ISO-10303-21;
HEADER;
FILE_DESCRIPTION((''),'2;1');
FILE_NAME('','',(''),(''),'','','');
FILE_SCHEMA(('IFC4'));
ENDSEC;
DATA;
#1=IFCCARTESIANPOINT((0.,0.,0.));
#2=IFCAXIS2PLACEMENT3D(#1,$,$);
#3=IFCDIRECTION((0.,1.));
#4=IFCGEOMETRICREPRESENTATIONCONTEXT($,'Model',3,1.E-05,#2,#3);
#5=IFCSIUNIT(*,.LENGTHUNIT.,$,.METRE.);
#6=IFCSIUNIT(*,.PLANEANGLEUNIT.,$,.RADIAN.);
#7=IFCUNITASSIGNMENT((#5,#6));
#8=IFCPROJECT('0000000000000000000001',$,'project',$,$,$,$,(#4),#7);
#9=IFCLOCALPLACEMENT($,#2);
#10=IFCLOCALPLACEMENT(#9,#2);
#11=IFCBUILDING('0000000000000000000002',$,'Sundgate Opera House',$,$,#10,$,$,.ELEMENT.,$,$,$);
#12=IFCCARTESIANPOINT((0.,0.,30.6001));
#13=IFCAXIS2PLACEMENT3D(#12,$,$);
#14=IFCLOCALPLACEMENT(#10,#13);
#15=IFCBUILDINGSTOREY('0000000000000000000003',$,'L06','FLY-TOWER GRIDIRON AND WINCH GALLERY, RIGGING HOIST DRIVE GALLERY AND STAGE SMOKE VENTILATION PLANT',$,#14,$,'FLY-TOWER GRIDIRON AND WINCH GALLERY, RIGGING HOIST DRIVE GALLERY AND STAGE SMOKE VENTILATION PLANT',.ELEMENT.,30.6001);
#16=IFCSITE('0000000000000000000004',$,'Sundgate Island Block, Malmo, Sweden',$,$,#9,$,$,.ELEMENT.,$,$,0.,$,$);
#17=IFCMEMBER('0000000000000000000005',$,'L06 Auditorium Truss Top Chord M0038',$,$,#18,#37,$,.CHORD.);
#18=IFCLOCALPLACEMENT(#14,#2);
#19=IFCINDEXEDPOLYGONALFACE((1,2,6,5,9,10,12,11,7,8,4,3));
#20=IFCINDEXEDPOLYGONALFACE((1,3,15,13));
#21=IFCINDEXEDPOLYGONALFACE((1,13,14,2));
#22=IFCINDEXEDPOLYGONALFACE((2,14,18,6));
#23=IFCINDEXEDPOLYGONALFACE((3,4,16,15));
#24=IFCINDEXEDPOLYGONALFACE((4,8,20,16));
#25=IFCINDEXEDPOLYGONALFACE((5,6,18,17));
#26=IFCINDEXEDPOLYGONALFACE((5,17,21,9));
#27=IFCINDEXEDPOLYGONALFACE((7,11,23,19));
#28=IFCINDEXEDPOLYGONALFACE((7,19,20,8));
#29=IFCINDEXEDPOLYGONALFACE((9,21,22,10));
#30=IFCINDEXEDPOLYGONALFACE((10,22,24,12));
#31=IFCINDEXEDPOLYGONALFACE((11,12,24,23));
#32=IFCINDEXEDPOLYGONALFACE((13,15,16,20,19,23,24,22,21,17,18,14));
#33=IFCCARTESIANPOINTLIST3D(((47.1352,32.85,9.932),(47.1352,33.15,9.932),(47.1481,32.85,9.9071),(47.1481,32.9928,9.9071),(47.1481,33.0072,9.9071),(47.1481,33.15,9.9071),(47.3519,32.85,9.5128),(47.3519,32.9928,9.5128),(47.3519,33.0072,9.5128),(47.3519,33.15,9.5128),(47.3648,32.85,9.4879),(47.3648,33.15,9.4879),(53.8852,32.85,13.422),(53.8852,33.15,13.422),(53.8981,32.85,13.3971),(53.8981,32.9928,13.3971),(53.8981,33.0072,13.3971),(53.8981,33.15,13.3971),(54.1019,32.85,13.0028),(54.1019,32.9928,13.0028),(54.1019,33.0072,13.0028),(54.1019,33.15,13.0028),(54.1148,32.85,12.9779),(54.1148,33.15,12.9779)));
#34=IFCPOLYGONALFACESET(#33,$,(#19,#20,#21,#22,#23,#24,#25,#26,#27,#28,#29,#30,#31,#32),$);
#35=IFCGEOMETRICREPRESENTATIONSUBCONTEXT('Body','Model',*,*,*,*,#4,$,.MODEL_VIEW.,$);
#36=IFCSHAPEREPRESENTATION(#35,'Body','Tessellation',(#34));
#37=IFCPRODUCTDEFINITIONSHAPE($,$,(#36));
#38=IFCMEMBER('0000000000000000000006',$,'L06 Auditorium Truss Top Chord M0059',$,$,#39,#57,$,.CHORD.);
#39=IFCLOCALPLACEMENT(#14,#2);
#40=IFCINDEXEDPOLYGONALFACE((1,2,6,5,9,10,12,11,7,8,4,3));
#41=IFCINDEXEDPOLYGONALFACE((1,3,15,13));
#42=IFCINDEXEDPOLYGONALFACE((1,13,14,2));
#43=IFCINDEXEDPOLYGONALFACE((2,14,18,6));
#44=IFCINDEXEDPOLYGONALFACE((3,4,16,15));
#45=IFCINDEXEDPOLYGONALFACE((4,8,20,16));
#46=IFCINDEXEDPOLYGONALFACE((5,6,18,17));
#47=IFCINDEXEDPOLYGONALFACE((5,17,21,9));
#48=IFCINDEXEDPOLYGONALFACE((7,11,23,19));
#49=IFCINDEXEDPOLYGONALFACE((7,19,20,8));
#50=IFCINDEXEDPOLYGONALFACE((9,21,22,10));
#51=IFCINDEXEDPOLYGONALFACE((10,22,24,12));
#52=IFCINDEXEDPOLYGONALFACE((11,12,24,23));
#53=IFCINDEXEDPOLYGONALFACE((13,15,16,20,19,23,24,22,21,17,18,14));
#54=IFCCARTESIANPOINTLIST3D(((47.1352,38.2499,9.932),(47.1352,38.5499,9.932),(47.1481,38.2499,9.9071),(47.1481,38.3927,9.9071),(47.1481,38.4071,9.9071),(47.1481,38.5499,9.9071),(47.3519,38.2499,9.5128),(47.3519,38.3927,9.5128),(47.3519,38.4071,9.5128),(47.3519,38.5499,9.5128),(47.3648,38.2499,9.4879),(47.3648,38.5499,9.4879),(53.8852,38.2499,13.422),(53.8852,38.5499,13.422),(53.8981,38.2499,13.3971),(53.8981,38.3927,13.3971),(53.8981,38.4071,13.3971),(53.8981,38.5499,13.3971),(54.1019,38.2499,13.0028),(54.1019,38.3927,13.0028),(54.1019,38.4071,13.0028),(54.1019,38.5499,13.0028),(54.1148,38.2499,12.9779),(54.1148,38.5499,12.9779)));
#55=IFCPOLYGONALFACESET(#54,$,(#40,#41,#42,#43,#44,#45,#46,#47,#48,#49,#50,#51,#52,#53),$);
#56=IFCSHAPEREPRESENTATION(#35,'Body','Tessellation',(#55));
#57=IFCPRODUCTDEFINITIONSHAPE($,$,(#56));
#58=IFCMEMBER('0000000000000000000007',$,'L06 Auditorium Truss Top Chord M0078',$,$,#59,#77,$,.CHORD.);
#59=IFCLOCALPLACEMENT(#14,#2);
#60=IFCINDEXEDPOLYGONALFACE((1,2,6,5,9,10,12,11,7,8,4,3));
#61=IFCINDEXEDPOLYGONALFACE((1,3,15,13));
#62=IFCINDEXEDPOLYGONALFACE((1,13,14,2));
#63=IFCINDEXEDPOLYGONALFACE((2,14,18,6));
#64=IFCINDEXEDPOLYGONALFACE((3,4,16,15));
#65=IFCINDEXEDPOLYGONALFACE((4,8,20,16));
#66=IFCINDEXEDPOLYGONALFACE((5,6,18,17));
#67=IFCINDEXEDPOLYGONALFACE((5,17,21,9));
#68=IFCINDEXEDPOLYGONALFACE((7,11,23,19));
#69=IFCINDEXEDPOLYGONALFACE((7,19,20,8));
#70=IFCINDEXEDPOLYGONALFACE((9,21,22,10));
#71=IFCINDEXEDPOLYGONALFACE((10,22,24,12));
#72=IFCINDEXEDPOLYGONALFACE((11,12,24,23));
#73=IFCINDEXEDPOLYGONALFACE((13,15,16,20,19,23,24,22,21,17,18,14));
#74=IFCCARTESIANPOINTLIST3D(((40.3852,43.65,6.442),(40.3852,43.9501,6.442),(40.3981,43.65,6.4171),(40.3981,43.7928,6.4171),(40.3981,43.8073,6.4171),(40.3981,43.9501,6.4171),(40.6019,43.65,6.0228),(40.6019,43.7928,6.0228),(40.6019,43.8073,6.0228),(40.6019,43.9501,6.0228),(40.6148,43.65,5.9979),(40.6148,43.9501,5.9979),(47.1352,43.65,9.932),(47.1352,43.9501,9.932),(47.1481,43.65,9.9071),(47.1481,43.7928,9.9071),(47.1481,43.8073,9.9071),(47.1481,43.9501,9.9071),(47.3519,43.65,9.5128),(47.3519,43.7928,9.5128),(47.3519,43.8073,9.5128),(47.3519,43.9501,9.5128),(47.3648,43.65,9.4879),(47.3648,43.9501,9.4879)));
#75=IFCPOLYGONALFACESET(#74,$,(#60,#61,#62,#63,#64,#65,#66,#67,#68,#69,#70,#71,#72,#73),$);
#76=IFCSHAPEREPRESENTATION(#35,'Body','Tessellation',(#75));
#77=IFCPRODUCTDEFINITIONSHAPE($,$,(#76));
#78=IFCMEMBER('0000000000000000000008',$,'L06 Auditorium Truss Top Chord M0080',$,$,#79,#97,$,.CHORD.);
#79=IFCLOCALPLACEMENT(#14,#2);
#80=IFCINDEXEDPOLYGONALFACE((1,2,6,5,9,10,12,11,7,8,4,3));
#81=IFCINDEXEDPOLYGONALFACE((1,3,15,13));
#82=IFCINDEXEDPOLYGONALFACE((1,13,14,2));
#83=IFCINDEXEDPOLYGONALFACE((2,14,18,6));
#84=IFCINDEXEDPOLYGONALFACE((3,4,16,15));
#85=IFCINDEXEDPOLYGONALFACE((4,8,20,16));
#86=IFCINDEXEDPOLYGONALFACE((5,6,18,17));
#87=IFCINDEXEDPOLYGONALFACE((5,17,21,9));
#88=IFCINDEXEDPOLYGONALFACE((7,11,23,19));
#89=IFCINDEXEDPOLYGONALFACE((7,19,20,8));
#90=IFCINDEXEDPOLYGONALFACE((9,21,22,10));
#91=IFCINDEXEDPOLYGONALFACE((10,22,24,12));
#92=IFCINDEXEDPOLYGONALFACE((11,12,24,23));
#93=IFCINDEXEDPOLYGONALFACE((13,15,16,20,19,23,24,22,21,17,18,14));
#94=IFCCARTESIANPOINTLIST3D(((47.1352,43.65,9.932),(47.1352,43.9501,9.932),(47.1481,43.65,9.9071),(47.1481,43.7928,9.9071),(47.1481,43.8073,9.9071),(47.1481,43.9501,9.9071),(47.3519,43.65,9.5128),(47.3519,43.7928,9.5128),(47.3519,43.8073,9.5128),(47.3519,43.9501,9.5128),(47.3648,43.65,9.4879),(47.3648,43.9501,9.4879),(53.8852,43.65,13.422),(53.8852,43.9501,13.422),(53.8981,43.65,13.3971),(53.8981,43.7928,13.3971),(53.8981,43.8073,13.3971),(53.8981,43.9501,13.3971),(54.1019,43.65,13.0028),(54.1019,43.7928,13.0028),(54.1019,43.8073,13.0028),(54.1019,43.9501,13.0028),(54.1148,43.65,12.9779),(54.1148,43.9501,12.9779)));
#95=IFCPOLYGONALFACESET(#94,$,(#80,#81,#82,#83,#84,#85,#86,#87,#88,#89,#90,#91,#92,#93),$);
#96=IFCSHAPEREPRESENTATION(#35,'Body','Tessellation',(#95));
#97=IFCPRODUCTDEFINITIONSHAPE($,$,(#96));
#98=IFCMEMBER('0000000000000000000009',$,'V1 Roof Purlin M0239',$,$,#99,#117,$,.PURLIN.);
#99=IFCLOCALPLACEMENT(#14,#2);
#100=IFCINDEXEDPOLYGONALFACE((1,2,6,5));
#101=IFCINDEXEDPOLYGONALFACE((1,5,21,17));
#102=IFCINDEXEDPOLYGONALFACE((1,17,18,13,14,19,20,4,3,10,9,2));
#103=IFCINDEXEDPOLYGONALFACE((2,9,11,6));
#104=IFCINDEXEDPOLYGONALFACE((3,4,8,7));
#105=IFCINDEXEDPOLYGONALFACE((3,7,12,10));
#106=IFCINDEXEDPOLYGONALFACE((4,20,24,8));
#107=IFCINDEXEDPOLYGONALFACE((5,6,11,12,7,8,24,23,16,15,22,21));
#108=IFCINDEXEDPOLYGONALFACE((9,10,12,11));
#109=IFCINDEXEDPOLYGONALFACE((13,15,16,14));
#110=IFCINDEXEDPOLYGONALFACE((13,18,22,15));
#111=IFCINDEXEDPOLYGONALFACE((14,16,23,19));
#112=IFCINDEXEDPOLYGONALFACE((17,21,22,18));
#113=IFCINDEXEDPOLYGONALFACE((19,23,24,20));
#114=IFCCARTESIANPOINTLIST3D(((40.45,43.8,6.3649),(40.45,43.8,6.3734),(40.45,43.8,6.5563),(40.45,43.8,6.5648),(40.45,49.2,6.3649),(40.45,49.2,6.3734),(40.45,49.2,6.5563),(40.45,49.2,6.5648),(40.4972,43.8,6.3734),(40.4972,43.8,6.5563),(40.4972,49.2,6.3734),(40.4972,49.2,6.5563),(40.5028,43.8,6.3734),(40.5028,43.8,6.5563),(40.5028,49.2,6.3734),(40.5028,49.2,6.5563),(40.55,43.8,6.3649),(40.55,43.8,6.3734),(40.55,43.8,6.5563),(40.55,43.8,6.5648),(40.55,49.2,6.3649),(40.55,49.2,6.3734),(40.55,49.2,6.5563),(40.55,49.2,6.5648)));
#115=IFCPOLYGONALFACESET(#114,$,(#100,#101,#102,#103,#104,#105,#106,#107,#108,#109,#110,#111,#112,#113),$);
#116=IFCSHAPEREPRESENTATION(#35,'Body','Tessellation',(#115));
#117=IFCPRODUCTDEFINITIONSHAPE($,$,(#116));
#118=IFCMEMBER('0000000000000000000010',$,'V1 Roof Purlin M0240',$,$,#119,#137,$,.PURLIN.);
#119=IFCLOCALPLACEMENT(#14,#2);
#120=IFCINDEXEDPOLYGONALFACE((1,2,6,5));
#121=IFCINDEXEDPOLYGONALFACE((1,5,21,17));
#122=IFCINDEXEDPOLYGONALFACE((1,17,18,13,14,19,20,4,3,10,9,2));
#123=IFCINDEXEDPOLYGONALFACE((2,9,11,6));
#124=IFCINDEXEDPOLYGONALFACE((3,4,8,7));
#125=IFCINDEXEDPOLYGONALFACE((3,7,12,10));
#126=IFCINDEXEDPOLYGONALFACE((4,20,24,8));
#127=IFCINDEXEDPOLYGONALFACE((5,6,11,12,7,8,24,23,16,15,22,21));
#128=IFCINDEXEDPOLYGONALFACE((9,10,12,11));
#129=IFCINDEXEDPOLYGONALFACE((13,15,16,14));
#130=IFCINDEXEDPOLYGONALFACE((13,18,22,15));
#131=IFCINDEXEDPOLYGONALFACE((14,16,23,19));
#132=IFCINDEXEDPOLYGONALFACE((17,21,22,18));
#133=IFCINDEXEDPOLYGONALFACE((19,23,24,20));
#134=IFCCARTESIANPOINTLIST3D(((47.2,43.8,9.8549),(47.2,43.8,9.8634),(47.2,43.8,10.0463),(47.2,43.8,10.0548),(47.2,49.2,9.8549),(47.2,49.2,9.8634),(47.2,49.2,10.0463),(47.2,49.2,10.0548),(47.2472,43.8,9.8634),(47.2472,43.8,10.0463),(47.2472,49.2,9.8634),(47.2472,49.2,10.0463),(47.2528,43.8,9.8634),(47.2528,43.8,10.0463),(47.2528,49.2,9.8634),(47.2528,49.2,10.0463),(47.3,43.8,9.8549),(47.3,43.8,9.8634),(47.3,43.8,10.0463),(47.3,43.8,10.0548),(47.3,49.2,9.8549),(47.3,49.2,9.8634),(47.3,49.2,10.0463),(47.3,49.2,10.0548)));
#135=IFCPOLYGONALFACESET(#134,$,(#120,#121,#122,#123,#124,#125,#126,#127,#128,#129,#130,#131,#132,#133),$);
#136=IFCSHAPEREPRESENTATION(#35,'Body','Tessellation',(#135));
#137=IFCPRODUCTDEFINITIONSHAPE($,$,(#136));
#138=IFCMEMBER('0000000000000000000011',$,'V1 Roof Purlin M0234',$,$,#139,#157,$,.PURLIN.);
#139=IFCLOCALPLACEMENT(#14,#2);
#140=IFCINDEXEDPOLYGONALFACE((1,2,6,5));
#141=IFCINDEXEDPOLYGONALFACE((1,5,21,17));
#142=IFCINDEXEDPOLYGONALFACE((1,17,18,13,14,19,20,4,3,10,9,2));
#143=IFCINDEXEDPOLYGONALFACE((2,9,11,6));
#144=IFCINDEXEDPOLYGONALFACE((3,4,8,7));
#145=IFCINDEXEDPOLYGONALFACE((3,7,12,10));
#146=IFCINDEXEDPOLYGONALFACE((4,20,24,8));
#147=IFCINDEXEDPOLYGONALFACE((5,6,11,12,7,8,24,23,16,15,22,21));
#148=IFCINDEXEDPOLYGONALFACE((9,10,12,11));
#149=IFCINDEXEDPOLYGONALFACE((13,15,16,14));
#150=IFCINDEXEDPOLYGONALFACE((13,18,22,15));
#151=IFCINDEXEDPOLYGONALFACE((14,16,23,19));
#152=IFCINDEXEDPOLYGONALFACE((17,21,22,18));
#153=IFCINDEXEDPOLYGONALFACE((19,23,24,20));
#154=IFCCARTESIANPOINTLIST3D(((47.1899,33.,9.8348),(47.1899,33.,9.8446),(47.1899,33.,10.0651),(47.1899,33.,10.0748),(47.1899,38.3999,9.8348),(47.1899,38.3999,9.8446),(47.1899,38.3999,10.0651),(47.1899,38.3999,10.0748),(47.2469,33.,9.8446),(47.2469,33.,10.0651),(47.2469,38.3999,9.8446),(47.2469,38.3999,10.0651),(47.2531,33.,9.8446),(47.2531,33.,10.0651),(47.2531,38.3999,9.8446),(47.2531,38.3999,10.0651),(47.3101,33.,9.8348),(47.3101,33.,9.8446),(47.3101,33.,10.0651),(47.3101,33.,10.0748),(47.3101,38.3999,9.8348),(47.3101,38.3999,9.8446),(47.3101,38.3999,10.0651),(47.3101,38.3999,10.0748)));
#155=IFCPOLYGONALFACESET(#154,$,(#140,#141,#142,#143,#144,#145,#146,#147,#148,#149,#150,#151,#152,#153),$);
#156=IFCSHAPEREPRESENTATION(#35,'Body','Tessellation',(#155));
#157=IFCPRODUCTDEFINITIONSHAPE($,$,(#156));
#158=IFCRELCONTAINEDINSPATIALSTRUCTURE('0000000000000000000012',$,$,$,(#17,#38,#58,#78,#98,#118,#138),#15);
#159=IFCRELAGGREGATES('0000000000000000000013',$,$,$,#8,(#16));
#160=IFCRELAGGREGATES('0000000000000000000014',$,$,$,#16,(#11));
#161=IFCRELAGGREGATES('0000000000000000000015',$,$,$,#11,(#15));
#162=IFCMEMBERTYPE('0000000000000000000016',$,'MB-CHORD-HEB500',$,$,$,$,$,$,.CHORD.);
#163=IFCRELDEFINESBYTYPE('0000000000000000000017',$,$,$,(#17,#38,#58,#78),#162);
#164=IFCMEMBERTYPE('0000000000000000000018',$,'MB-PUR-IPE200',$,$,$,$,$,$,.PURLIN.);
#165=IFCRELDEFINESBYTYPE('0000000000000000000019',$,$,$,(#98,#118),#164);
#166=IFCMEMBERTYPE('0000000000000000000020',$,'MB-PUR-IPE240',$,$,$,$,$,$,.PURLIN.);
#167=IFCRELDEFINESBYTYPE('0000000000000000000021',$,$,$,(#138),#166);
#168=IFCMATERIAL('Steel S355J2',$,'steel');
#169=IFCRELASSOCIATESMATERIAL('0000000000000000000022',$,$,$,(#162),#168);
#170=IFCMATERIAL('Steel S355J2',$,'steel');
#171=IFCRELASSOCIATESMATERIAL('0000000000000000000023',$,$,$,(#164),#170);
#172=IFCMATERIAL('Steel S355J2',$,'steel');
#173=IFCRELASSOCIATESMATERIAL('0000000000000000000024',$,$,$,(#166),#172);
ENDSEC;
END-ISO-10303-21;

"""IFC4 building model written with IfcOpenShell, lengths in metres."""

from ifc_helpers import new_model, si_unit, direction, frame, origin, origin_2d, place, context, subcontext, project, spatial, i_section, extrude, material, material_profile, profile_set, type_object, element, save


model = new_model("IFC4")

# Units and contexts
model_context = context("Model", 3, precision=1e-05, world=origin(), true_north=direction((0.0, 1.0)))
body_context = subcontext(model_context, "Body", "Model", "MODEL_VIEW")
ifc_project = project(units=[si_unit("LENGTHUNIT", "METRE"), si_unit("PLANEANGLEUNIT", "RADIAN")], contexts=[model_context])

# Site, building, storey
site_placement = place(None, origin())
site = spatial("IfcSite", under=ifc_project, at=site_placement, Name="Sundgate Island Block, Malmo, Sweden", CompositionType="ELEMENT", RefElevation=0.0)
building_placement = place(site_placement, origin())
building = spatial("IfcBuilding", under=site, at=building_placement, Name="Sundgate Opera House", CompositionType="ELEMENT")
storey_placement = place(building_placement, frame((0.0, 0.0, 30.6001)))
storey = spatial("IfcBuildingStorey", under=building, at=storey_placement, Name="L06", Description="FLY-TOWER GRIDIRON AND WINCH GALLERY, RIGGING HOIST DRIVE GALLERY AND STAGE SMOKE VENTILATION PLANT", LongName="FLY-TOWER GRIDIRON AND WINCH GALLERY, RIGGING HOIST DRIVE GALLERY AND STAGE SMOKE VENTILATION PLANT", CompositionType="ELEMENT", Elevation=30.6001)

# Members
ifc_material_1 = material(Name="Steel S355J2", Category="steel")
ifc_material_profile_1 = material_profile(ifc_material_1, i_section(OverallWidth=0.3, OverallDepth=0.5, WebThickness=0.0144, FlangeThickness=0.0281, at=origin_2d()), Name="HEB 500")
ifc_profile_set_1 = profile_set([ifc_material_profile_1], Name="Steel S355J2")
member_type_1 = type_object("IfcMemberType", Name="MB-CHORD-HEB500", PredefinedType="CHORD", material=ifc_profile_set_1)
for number, where, z_axis, x_axis, name in (
    (1, (47.25, 33.0, 9.71), (0.888292, 0.0, 0.459279), (0.0, 1.0, 0.0), "L06 Auditorium Truss Top Chord M0038"),
    (2, (47.25, 38.3999, 9.71), (0.888292, 0.0, 0.459279), (0.0, 1.0, 0.0), "L06 Auditorium Truss Top Chord M0059"),
    (3, (40.5, 43.8, 6.22), (0.888292, 0.0, 0.459279), (0.0, 1.0, 0.0), "L06 Auditorium Truss Top Chord M0078"),
    (4, (47.25, 43.8, 9.71), (0.888292, 0.0, 0.459279), (0.0, 1.0, 0.0), "L06 Auditorium Truss Top Chord M0080"),
):
    element("IfcMember", number, at=place(storey_placement, frame(where, z_axis=z_axis, x_axis=x_axis)), inside=storey, type_object=member_type_1, Name=name, PredefinedType="CHORD", context=body_context, shape_type="SweptSolid", body=[
        extrude(i_section(OverallWidth=0.3, OverallDepth=0.5, WebThickness=0.0144, FlangeThickness=0.0281, at=origin_2d()), origin(), (0.0, 0.0, 1.0), 7.5989),
    ])
ifc_material_2 = material(Name="Steel S355J2", Category="steel")
ifc_material_profile_2 = material_profile(ifc_material_2, i_section(OverallWidth=0.1001, OverallDepth=0.2, WebThickness=0.0056, FlangeThickness=0.0085, at=origin_2d()), Name="IPE 200")
ifc_profile_set_2 = profile_set([ifc_material_profile_2], Name="Steel S355J2")
member_type_2 = type_object("IfcMemberType", Name="MB-PUR-IPE200", PredefinedType="PURLIN", material=ifc_profile_set_2)
for number, where, z_axis, x_axis, name in (
    (5, (40.5, 43.8, 6.4648), (0.0, 1.0, 0.0), (-1.0, 0.0, 0.0), "V1 Roof Purlin M0239"),
    (6, (47.25, 43.8, 9.9548), (0.0, 1.0, 0.0), (-1.0, 0.0, 0.0), "V1 Roof Purlin M0240"),
):
    element("IfcMember", number, at=place(storey_placement, frame(where, z_axis=z_axis, x_axis=x_axis)), inside=storey, type_object=member_type_2, Name=name, PredefinedType="PURLIN", context=body_context, shape_type="SweptSolid", body=[
        extrude(i_section(OverallWidth=0.1001, OverallDepth=0.2, WebThickness=0.0056, FlangeThickness=0.0085, at=origin_2d()), origin(), (0.0, 0.0, 1.0), 5.3999),
    ])
ifc_material_3 = material(Name="Steel S355J2", Category="steel")
ifc_material_profile_3 = material_profile(ifc_material_3, i_section(OverallWidth=0.1201, OverallDepth=0.24, WebThickness=0.0061, FlangeThickness=0.0098, at=origin_2d()), Name="IPE 240")
ifc_profile_set_3 = profile_set([ifc_material_profile_3], Name="Steel S355J2")
member_type_3 = type_object("IfcMemberType", Name="MB-PUR-IPE240", PredefinedType="PURLIN", material=ifc_profile_set_3)
member_1_placement = place(storey_placement, frame((47.25, 33.0, 9.9548), z_axis=(0.0, 1.0, 0.0), x_axis=(-1.0, 0.0, 0.0)))
element("IfcMember", 7, at=member_1_placement, inside=storey, type_object=member_type_3, Name="V1 Roof Purlin M0234", PredefinedType="PURLIN", context=body_context, shape_type="SweptSolid", body=[
    extrude(i_section(OverallWidth=0.1201, OverallDepth=0.24, WebThickness=0.0061, FlangeThickness=0.0098, at=origin_2d()), origin(), (0.0, 0.0, 1.0), 5.3999),
])

save(model, "model.ifc")
